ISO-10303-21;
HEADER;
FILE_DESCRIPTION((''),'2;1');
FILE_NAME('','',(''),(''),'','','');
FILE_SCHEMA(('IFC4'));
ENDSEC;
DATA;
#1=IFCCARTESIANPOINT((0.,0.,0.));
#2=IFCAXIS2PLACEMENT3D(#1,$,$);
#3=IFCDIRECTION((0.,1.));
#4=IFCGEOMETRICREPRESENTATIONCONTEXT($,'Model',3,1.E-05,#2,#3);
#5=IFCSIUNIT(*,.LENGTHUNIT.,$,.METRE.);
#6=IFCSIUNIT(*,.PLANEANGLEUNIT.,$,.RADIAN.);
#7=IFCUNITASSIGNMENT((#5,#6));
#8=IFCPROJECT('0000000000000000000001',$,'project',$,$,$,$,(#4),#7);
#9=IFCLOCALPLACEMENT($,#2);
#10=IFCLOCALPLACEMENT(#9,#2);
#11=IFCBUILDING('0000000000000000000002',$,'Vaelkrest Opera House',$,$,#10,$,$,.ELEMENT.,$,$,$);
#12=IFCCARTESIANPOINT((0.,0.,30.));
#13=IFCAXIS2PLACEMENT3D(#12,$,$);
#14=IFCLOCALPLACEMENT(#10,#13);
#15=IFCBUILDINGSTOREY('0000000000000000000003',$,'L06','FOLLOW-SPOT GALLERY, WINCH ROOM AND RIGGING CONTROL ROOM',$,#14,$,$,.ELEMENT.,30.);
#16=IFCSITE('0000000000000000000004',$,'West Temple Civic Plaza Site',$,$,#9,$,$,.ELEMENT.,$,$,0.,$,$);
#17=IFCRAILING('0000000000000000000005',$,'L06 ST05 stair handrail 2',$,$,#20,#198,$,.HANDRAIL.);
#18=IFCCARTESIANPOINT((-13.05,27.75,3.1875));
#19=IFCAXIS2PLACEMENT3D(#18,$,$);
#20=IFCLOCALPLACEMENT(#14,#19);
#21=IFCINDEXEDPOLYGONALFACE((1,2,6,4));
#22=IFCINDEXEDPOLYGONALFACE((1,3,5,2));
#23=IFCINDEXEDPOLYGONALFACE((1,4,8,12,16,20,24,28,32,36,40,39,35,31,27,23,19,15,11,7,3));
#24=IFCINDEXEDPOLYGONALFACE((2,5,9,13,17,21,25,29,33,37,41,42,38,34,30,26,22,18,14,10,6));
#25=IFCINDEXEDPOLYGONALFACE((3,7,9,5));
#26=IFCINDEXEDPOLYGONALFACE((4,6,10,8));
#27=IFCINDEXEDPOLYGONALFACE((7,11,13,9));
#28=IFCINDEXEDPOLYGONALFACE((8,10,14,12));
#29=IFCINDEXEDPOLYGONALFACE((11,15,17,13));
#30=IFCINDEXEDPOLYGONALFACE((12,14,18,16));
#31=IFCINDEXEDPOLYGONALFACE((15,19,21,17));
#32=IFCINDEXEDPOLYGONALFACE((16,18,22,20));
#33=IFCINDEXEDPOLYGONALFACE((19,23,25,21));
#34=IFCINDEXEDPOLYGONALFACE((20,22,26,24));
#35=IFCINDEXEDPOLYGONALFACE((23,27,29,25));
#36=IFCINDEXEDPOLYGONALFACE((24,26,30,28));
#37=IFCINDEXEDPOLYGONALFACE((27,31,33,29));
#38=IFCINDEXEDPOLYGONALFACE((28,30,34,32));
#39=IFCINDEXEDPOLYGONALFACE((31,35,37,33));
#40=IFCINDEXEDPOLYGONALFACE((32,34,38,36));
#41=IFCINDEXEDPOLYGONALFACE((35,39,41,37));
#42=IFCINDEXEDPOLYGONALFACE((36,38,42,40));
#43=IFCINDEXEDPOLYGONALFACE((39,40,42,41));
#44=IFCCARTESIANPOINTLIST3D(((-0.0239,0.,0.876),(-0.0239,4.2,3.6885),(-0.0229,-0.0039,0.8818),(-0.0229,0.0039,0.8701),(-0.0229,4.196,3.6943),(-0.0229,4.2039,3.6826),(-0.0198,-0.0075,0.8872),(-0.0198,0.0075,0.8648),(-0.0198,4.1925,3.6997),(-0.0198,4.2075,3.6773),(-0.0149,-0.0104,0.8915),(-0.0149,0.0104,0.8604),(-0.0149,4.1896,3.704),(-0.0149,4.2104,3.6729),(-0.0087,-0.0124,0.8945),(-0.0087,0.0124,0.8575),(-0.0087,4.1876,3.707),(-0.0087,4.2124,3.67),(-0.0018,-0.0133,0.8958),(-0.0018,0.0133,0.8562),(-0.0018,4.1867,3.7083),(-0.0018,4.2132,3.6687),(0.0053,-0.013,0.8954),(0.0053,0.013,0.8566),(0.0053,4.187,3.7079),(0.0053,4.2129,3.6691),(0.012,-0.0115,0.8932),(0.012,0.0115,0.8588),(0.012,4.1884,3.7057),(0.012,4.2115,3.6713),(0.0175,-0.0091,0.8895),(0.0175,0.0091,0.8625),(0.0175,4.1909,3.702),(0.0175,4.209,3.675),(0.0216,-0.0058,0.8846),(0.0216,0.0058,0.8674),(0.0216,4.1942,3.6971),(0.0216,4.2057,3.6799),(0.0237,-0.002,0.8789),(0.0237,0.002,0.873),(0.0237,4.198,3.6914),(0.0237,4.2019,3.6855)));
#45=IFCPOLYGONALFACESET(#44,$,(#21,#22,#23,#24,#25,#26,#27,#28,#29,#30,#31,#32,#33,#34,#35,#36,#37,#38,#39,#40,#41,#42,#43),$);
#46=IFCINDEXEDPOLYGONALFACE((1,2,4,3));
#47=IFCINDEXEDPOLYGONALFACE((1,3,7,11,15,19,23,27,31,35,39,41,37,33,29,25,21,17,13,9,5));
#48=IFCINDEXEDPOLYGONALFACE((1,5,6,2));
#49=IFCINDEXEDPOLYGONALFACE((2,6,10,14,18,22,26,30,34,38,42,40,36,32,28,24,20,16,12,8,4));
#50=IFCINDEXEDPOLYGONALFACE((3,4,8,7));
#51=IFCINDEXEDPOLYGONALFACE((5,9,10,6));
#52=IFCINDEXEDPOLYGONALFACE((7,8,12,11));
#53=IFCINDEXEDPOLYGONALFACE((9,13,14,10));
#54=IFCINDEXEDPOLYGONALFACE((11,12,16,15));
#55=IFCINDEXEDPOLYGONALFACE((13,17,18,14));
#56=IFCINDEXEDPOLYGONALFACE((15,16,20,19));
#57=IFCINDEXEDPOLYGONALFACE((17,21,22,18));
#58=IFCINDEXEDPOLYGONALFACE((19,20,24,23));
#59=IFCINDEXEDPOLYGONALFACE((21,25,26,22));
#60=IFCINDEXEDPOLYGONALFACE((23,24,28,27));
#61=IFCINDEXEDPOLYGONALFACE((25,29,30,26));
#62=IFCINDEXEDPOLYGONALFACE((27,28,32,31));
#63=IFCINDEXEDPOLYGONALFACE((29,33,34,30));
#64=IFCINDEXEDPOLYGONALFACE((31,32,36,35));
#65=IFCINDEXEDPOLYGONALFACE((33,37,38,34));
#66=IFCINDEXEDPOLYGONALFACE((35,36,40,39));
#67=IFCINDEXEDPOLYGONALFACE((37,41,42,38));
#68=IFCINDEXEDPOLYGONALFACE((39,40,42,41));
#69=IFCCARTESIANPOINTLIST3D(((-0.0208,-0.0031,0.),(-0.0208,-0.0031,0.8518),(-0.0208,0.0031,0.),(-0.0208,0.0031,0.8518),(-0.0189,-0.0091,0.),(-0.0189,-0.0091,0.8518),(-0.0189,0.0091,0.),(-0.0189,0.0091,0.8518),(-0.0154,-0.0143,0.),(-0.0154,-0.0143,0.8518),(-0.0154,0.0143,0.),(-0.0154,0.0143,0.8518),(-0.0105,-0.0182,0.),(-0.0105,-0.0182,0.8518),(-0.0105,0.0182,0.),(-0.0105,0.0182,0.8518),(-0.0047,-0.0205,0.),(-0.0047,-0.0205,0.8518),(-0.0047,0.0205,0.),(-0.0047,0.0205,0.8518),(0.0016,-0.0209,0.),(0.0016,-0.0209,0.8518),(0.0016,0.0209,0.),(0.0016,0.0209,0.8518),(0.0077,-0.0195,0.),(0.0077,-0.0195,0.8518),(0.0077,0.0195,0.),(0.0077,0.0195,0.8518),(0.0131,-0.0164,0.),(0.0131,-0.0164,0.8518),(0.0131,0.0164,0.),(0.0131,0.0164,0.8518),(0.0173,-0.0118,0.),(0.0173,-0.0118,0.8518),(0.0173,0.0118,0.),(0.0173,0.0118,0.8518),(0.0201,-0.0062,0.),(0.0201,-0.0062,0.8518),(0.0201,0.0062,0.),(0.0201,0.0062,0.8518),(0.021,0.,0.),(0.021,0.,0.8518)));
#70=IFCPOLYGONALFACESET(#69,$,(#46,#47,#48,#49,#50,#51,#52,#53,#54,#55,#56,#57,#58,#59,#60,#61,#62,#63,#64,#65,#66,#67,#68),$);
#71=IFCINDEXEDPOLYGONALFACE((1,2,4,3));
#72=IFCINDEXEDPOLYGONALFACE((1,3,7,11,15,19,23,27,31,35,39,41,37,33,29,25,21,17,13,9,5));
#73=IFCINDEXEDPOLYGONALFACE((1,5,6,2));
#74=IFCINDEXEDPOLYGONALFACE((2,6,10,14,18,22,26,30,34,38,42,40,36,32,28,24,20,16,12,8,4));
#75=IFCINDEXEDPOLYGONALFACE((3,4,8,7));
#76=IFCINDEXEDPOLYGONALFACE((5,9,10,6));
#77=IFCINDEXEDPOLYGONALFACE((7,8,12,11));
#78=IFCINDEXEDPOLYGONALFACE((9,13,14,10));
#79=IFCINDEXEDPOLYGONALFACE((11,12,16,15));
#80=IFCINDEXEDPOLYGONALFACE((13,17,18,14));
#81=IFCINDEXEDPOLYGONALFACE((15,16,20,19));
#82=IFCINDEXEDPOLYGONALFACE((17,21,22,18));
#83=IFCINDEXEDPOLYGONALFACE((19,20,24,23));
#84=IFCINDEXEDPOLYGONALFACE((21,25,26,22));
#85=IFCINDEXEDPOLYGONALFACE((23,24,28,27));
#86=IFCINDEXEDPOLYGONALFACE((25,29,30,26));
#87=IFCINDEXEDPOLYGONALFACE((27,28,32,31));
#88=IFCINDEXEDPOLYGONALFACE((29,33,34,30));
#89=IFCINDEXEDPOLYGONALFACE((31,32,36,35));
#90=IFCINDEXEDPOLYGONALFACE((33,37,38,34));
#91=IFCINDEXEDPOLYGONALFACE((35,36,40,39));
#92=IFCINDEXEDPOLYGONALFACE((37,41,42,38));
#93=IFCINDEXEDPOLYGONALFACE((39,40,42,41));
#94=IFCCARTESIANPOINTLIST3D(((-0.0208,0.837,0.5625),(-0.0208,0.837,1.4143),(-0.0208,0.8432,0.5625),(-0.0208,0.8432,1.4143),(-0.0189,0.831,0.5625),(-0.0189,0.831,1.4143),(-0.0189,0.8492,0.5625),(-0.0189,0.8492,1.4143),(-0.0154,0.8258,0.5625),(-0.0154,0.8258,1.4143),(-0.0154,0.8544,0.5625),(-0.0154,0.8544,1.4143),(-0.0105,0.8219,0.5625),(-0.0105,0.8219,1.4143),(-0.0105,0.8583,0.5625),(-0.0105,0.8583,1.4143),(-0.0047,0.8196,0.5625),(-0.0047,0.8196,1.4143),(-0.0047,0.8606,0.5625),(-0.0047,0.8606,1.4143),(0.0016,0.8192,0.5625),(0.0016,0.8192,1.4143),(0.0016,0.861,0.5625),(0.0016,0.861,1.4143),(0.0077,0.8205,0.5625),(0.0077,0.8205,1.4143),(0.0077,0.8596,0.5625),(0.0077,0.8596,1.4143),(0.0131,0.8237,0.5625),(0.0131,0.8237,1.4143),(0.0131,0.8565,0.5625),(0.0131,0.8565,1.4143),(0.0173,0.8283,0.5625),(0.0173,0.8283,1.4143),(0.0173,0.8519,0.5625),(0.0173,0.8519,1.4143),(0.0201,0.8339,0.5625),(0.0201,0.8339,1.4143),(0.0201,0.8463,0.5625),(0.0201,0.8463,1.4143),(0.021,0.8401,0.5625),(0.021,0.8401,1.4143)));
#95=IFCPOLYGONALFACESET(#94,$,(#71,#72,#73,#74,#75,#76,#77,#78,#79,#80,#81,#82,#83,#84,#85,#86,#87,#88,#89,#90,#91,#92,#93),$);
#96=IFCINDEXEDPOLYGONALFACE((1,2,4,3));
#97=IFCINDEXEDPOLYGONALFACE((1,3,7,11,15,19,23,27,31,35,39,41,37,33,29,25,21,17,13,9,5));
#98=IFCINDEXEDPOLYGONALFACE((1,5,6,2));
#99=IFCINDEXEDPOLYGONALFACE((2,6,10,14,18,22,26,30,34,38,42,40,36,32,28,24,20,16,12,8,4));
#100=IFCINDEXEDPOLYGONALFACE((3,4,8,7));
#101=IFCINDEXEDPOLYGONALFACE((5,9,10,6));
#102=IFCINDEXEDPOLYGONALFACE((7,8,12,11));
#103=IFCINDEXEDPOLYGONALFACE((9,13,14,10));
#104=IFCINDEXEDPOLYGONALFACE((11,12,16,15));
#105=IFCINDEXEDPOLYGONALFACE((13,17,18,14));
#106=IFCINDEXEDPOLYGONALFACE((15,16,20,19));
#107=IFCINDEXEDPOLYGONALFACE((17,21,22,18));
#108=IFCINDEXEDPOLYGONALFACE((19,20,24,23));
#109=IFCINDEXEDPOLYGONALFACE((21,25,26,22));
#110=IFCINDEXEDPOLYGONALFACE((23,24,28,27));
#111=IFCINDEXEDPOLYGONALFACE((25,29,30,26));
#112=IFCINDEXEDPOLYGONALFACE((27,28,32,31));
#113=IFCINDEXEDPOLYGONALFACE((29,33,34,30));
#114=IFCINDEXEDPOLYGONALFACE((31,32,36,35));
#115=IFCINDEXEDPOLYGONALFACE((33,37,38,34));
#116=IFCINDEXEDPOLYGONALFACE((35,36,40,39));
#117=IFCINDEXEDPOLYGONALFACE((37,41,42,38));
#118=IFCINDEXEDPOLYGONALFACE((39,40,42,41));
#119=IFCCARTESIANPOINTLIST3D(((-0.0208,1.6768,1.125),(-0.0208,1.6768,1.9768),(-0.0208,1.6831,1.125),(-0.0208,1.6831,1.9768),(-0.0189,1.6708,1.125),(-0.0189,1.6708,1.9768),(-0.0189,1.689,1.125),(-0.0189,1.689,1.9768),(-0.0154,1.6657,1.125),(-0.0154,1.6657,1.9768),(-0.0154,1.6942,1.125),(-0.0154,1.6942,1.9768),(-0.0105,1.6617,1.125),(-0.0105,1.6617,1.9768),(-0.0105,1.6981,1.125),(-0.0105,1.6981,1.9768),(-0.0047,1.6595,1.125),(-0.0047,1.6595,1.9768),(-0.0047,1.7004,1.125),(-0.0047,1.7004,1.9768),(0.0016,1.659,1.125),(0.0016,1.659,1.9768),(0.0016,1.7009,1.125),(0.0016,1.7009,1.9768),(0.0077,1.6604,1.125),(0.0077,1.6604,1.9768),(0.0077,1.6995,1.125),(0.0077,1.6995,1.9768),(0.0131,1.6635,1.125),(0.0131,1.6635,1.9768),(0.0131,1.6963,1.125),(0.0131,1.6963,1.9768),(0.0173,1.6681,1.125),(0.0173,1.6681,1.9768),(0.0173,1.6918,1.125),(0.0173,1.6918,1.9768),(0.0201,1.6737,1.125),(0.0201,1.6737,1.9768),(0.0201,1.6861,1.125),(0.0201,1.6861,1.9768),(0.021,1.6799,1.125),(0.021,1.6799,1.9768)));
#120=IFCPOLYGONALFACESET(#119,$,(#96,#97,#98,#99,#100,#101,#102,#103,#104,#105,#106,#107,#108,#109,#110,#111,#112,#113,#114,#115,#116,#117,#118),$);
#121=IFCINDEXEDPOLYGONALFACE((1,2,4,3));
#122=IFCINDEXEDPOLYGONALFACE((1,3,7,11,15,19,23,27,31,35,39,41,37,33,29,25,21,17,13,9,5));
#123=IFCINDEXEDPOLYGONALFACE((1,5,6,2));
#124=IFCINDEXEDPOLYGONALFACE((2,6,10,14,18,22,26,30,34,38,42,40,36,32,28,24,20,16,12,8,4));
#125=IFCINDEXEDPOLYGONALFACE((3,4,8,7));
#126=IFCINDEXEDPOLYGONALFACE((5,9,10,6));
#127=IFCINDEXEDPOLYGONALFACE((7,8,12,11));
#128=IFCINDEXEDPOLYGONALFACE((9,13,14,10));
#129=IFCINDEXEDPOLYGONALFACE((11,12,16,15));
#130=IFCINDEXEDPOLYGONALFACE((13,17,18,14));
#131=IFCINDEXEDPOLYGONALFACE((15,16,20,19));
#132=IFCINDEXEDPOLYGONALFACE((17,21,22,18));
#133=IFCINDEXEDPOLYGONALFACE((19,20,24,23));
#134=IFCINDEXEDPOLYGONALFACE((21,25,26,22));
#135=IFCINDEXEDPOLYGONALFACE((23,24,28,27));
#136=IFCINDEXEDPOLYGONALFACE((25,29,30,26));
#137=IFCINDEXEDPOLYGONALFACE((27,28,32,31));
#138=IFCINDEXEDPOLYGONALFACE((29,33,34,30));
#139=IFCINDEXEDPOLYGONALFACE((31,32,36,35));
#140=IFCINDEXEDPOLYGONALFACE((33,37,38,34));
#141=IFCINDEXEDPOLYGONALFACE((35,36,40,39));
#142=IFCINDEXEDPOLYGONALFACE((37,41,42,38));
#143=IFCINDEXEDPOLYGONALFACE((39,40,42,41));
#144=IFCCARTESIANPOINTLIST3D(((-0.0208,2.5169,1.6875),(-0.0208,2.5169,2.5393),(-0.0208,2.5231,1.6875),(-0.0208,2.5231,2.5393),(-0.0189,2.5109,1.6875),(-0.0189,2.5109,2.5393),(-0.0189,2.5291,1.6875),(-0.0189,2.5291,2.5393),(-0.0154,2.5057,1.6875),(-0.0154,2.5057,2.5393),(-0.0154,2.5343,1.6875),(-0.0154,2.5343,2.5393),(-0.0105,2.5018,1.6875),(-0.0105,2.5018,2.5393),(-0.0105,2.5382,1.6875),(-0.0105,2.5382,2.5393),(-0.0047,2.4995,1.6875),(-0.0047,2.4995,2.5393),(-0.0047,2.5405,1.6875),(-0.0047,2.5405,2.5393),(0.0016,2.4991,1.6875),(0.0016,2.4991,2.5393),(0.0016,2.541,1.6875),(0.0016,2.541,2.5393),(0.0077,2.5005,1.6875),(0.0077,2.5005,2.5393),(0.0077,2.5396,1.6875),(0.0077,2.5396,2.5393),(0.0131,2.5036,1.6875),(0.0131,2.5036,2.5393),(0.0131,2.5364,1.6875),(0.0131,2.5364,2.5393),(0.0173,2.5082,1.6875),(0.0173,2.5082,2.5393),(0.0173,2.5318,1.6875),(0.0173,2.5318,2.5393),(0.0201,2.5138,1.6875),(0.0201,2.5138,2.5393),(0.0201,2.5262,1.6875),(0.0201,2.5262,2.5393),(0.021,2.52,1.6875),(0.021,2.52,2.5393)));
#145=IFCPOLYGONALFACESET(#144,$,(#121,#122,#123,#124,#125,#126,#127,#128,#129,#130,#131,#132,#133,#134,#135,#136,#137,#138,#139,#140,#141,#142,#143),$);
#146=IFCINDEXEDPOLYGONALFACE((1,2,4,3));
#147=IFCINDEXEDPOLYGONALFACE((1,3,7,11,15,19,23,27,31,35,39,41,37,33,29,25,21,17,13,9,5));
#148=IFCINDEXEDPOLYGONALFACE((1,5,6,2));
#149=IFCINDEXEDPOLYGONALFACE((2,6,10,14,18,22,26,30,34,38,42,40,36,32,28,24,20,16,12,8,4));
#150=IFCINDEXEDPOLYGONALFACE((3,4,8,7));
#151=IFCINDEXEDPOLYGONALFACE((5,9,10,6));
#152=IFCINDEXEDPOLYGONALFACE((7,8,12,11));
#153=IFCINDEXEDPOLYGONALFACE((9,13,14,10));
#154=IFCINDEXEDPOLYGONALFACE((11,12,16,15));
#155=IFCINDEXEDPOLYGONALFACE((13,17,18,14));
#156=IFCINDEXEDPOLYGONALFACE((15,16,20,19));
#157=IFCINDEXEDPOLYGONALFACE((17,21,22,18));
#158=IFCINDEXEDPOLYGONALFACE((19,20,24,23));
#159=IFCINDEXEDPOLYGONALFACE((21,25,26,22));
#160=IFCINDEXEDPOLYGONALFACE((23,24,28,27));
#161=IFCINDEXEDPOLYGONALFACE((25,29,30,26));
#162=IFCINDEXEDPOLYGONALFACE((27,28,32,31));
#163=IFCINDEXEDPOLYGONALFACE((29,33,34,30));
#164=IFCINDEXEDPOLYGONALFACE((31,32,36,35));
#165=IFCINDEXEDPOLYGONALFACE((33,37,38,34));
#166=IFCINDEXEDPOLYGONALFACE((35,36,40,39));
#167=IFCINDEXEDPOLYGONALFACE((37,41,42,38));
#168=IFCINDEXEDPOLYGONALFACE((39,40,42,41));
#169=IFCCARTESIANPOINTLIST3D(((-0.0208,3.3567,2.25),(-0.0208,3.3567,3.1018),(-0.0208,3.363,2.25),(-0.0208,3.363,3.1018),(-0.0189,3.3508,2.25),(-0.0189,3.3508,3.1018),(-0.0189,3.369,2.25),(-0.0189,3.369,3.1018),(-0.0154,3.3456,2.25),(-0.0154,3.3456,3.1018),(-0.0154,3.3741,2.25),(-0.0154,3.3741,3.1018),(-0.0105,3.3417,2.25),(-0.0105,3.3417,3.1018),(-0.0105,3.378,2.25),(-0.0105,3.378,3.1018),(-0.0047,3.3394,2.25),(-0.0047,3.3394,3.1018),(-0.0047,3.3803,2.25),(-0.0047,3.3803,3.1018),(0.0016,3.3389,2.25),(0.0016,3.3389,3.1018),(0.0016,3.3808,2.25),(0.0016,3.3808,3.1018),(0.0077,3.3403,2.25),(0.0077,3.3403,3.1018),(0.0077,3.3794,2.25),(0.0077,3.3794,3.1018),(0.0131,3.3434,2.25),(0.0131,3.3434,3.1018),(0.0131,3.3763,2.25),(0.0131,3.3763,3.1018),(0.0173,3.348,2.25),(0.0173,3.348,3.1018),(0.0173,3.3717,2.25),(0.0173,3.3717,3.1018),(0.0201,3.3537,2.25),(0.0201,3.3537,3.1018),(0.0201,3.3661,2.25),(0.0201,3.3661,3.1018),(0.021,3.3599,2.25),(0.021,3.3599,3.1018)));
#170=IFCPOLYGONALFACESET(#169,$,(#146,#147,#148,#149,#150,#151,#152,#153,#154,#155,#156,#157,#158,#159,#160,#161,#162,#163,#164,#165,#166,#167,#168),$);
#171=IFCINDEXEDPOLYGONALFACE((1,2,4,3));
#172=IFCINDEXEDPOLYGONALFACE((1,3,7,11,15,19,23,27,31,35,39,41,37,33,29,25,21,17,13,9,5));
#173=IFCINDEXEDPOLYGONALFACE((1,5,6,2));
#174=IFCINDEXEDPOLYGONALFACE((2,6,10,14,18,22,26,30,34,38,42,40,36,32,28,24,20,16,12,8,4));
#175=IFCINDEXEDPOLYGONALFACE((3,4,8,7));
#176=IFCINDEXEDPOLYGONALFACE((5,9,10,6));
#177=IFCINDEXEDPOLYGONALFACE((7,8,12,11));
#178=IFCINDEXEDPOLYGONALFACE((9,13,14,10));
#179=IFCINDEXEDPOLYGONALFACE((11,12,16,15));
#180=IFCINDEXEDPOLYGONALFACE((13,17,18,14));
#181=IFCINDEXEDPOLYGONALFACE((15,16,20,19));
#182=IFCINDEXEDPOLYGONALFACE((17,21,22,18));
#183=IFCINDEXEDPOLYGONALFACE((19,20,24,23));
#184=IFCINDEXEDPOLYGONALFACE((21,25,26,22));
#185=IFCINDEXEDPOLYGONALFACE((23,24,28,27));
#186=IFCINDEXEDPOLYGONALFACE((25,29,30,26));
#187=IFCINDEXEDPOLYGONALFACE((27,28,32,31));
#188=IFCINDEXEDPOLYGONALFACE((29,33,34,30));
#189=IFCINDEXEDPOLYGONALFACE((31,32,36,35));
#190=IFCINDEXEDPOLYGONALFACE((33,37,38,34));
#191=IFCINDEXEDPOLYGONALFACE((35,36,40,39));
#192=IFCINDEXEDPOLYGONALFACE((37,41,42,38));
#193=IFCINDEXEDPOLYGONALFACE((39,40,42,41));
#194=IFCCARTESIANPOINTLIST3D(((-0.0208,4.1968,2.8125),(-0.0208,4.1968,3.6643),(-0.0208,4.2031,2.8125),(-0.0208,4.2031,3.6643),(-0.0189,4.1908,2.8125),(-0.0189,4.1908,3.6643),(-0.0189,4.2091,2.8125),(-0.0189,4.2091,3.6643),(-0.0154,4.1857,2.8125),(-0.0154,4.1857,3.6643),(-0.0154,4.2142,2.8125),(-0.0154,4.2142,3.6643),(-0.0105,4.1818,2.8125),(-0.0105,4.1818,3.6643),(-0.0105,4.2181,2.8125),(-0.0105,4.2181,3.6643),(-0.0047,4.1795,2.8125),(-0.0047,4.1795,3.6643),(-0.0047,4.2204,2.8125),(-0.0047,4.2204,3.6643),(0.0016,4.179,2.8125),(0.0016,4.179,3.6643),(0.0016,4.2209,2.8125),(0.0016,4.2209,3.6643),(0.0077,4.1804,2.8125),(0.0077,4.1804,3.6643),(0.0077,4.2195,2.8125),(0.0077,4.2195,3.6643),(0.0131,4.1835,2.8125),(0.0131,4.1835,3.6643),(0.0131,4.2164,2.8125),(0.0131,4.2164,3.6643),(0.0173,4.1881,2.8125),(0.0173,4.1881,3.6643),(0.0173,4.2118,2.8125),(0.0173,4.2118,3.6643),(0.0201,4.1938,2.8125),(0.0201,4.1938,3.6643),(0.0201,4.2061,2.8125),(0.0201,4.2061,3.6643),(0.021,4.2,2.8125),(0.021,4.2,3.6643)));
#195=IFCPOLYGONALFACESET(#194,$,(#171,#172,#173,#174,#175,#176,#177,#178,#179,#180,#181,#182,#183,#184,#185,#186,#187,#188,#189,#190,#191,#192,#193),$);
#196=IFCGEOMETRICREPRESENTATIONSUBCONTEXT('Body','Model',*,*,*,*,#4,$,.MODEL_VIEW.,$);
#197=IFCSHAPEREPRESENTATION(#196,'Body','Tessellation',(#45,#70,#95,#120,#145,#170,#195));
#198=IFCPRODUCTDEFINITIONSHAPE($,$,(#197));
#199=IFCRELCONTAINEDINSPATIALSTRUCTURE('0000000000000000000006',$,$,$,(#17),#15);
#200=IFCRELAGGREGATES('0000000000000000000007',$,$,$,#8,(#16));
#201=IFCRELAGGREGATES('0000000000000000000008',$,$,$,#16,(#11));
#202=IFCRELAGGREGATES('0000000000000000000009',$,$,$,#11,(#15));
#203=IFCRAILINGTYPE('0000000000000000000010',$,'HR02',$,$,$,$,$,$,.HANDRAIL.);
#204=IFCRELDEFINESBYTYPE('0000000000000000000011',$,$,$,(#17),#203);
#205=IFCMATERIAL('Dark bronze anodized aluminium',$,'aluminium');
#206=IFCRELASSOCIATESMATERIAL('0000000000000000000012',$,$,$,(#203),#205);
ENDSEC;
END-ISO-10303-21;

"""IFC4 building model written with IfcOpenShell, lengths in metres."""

from ifc_helpers import new_model, si_unit, direction, frame, origin, origin_2d, place, context, subcontext, project, spatial, circle, extrude, material, type_object, element, save


model = new_model("IFC4")

# Units and contexts
model_context = context("Model", 3, precision=1e-05, world=origin(), true_north=direction((0.0, 1.0)))
body_context = subcontext(model_context, "Body", "Model", "MODEL_VIEW")
ifc_project = project(units=[si_unit("LENGTHUNIT", "METRE"), si_unit("PLANEANGLEUNIT", "RADIAN")], contexts=[model_context])

# Site, building, storey
site_placement = place(None, origin())
site = spatial("IfcSite", under=ifc_project, at=site_placement, Name="West Temple Civic Plaza Site", CompositionType="ELEMENT", RefElevation=0.0)
building_placement = place(site_placement, origin())
building = spatial("IfcBuilding", under=site, at=building_placement, Name="Vaelkrest Opera House", CompositionType="ELEMENT")
storey_placement = place(building_placement, frame((0.0, 0.0, 30.0)))
storey = spatial("IfcBuildingStorey", under=building, at=storey_placement, Name="L06", Description="FOLLOW-SPOT GALLERY, WINCH ROOM AND RIGGING CONTROL ROOM", CompositionType="ELEMENT", Elevation=30.0)

# Shared definitions
ifc_material_1 = material(Name="Dark bronze anodized aluminium", Category="aluminium")

# Railing
railing_type_1 = type_object("IfcRailingType", Name="HR02", PredefinedType="HANDRAIL", material=ifc_material_1)
railing_1_placement = place(storey_placement, frame((-13.05, 27.75, 3.1875)))
element("IfcRailing", 1, at=railing_1_placement, inside=storey, type_object=railing_type_1, Name="L06 ST05 stair handrail 2", PredefinedType="HANDRAIL", context=body_context, shape_type="SweptSolid", body=[
    extrude(circle(Radius=0.0239, at=origin_2d()), frame((0.0, 0.0, 0.876), z_axis=(0.0, 0.830904, 0.556416), x_axis=(-1.0, 0.0, 0.0)), (0.0, 0.0, 1.0), 5.0547),
    extrude(circle(Radius=0.021, at=origin_2d()), origin(), (0.0, 0.0, 1.0), 0.8518),
    extrude(circle(Radius=0.021, at=origin_2d()), frame((0.0, 0.8401, 0.5625)), (0.0, 0.0, 1.0), 0.8518),
    extrude(circle(Radius=0.021, at=origin_2d()), frame((0.0, 1.6799, 1.125)), (0.0, 0.0, 1.0), 0.8518),
    extrude(circle(Radius=0.021, at=origin_2d()), frame((0.0, 2.52, 1.6875)), (0.0, 0.0, 1.0), 0.8518),
    extrude(circle(Radius=0.021, at=origin_2d()), frame((0.0, 3.3599, 2.25)), (0.0, 0.0, 1.0), 0.8518),
    extrude(circle(Radius=0.021, at=origin_2d()), frame((0.0, 4.2, 2.8125)), (0.0, 0.0, 1.0), 0.8518),
])

save(model, "model.ifc")
